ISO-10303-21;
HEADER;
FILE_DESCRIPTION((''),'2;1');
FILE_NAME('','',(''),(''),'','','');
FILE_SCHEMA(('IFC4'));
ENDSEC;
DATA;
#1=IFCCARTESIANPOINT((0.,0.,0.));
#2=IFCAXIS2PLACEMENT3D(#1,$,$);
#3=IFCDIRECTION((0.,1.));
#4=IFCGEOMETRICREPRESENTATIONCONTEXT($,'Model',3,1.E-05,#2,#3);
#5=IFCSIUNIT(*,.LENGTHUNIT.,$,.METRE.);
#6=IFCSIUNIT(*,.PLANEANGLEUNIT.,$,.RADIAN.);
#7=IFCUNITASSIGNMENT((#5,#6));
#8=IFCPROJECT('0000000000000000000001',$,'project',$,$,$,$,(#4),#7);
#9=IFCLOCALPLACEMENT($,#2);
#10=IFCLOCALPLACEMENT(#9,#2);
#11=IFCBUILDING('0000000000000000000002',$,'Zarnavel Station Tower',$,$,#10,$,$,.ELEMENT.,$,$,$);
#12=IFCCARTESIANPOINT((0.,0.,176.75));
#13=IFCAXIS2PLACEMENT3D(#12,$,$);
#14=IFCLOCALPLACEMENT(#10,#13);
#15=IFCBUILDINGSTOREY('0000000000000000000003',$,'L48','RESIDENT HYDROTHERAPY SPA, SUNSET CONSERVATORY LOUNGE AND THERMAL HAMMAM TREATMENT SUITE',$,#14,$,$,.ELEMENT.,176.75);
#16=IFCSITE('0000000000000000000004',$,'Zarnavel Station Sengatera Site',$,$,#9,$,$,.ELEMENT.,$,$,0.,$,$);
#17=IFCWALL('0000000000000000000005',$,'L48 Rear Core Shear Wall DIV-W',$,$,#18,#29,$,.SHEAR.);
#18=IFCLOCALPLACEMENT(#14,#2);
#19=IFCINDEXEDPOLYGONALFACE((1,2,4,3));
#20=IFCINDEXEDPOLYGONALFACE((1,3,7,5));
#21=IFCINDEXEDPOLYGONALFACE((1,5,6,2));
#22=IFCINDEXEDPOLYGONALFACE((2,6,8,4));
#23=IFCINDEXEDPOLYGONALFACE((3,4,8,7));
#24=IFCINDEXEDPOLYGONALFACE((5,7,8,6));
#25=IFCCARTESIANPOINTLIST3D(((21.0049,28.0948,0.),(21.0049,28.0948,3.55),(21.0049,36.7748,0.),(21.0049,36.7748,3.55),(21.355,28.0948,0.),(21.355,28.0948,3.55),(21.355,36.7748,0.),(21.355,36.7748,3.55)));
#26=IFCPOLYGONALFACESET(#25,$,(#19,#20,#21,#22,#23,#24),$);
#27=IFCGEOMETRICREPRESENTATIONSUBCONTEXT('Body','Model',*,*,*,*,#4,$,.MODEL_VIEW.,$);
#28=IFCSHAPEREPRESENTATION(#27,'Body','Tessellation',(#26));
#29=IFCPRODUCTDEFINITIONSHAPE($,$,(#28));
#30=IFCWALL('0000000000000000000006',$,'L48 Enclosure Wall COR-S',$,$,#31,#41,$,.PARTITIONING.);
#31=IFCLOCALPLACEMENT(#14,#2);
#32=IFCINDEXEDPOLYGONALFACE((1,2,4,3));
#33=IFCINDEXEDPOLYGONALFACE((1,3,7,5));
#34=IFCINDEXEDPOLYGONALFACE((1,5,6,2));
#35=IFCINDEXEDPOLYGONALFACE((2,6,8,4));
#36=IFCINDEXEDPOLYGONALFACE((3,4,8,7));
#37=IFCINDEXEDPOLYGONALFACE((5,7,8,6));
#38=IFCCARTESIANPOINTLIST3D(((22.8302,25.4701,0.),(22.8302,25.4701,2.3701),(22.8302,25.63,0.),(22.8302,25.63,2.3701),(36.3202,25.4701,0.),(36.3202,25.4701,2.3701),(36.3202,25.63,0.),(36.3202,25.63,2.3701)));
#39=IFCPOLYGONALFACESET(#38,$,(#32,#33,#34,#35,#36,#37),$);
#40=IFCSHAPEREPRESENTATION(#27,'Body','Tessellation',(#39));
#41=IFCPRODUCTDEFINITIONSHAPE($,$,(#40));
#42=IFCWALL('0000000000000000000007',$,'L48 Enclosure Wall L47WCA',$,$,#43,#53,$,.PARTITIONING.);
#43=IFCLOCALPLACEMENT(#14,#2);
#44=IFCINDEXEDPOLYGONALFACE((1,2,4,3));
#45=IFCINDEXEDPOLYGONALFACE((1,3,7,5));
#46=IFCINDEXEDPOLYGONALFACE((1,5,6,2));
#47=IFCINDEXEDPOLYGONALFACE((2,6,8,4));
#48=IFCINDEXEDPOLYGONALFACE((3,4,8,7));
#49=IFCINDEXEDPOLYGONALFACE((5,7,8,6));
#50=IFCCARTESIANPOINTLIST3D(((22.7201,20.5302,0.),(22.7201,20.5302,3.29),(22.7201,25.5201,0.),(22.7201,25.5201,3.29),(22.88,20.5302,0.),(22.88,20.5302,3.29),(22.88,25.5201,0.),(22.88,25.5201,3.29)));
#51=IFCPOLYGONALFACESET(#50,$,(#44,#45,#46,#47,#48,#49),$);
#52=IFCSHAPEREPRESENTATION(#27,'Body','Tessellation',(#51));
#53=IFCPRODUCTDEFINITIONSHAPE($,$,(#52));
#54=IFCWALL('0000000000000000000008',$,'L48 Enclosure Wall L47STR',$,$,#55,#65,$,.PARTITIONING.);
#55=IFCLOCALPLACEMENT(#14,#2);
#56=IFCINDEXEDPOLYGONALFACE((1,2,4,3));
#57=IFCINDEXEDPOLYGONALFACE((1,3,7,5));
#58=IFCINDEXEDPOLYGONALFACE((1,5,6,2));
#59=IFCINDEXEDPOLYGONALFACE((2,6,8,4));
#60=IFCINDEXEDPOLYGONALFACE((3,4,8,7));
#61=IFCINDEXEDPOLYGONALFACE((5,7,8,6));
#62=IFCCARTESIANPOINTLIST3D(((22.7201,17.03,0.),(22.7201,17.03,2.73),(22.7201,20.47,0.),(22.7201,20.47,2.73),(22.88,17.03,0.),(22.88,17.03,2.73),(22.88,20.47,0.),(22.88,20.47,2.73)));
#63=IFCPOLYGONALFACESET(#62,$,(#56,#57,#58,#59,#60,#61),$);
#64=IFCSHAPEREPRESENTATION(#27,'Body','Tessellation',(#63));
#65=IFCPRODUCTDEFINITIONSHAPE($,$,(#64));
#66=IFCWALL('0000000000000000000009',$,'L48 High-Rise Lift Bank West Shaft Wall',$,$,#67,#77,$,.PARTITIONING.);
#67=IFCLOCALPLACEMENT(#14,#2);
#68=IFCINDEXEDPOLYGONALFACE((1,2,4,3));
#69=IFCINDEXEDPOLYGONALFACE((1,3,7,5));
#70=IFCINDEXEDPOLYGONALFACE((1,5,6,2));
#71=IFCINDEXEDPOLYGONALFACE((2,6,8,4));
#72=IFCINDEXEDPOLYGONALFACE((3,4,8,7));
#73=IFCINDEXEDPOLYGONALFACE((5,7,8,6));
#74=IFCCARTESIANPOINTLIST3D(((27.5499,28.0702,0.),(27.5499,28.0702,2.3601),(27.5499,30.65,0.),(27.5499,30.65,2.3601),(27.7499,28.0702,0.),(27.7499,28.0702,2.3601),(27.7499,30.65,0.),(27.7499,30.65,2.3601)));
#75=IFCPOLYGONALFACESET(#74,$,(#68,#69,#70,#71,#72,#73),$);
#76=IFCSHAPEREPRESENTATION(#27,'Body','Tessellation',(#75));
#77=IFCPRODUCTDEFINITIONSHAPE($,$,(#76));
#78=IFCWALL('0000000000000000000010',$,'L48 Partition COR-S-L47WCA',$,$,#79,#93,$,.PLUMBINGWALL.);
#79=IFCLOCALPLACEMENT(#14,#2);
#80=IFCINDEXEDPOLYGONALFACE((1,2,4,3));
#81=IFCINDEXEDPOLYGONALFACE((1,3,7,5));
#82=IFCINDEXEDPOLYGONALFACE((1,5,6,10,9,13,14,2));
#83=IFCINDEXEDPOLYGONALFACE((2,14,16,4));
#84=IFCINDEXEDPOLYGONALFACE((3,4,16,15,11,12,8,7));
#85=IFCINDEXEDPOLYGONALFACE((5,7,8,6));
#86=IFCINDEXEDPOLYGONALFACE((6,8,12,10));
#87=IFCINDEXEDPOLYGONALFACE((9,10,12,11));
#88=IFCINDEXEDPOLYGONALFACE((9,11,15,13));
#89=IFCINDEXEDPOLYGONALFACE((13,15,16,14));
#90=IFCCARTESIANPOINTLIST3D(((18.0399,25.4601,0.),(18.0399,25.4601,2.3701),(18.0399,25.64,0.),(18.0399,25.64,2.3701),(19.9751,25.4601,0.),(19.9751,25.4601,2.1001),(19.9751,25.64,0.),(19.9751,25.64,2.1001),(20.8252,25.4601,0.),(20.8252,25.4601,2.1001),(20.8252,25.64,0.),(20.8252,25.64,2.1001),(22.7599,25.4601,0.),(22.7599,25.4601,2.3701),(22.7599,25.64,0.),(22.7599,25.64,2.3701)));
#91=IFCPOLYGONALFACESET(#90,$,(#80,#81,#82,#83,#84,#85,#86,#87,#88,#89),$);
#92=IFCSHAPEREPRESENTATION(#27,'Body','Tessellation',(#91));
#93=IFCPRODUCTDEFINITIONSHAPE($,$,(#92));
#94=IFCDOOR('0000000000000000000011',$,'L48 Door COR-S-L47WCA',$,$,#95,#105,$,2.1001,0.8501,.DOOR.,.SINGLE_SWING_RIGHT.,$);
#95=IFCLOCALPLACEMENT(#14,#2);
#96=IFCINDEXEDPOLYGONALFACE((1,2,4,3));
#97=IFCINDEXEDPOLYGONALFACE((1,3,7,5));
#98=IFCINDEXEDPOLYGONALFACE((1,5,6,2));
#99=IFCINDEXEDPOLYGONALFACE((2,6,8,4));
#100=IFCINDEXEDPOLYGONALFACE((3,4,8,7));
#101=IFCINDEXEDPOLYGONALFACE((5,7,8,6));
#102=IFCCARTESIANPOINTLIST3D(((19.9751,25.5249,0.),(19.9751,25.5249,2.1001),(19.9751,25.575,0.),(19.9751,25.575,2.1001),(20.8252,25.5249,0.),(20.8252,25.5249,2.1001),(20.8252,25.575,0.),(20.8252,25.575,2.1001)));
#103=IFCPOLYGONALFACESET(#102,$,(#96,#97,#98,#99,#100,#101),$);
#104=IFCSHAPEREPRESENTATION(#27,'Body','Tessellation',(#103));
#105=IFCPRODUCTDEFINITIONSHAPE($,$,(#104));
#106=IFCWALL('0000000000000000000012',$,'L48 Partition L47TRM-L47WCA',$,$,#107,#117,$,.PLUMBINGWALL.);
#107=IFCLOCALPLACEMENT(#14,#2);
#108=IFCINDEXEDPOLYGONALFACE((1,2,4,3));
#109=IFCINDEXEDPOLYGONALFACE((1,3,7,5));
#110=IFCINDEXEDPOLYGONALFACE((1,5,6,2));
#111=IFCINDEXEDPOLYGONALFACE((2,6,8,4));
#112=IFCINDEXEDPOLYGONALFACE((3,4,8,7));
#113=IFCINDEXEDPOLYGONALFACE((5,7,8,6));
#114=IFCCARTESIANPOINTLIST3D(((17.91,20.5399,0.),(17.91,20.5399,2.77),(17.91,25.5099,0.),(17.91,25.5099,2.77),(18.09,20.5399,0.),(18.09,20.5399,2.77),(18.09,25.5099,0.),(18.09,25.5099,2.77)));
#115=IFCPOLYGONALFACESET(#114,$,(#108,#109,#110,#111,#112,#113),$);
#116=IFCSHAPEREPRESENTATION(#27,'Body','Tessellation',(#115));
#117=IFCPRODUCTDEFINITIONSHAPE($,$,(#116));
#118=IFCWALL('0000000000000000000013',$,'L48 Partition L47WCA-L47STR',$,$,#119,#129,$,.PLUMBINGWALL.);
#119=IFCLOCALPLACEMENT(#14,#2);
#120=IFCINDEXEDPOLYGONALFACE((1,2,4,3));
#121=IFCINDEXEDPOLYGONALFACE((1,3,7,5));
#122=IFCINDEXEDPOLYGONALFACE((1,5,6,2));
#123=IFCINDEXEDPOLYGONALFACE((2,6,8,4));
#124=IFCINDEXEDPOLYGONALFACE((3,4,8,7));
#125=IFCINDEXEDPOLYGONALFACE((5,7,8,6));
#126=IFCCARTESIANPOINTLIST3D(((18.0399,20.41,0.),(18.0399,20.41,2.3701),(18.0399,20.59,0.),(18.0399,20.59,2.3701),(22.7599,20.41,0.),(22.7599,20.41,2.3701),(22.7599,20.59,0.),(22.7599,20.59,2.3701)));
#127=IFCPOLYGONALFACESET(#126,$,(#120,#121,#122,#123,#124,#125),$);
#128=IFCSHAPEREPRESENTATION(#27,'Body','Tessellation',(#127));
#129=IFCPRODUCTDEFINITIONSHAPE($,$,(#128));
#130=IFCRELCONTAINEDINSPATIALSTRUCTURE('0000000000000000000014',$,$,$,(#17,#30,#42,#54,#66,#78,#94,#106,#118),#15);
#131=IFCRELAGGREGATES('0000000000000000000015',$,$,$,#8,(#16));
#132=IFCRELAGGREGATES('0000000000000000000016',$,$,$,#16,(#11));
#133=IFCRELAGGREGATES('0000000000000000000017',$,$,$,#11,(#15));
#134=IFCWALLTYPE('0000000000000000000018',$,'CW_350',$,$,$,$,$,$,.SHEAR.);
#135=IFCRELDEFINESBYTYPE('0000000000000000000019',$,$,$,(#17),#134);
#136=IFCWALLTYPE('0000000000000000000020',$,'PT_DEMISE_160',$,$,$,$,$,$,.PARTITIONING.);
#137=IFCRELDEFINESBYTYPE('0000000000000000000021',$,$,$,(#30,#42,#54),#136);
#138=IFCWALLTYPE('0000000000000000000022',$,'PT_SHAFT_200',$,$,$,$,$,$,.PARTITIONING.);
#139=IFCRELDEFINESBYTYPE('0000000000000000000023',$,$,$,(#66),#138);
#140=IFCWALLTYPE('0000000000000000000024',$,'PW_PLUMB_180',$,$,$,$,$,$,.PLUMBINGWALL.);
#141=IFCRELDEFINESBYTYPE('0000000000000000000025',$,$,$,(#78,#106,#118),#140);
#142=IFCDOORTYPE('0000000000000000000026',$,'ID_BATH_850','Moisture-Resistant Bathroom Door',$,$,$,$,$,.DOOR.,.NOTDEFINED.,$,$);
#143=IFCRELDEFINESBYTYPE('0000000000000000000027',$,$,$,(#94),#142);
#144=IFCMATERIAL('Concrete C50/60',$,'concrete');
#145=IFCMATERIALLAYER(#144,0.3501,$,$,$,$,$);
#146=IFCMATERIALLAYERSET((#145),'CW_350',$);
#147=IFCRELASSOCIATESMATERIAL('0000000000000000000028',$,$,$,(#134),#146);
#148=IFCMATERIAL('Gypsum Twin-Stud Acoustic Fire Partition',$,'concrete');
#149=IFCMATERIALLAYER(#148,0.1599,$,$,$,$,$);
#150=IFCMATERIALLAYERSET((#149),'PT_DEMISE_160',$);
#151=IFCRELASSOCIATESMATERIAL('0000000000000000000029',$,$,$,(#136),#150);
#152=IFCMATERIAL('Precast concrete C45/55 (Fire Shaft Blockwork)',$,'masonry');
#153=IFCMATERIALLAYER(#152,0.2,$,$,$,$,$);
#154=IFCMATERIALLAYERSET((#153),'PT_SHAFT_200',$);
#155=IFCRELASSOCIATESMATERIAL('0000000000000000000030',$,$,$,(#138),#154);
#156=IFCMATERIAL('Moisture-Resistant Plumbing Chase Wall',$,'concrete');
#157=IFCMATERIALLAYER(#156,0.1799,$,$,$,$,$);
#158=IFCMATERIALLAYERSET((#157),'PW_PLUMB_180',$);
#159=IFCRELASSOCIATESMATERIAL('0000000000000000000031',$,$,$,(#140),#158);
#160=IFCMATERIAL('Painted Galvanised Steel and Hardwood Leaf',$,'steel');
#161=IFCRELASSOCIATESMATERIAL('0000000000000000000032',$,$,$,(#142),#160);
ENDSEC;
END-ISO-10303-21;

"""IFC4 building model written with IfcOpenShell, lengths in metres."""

from ifc_helpers import new_model, si_unit, direction, frame, frame_2d, origin, place, context, subcontext, project, spatial, rectangle, extrude, material, layer, layer_set, type_object, element, fill, save


model = new_model("IFC4")

# Units and contexts
model_context = context("Model", 3, precision=1e-05, world=origin(), true_north=direction((0.0, 1.0)))
body_context = subcontext(model_context, "Body", "Model", "MODEL_VIEW")
ifc_project = project(units=[si_unit("LENGTHUNIT", "METRE"), si_unit("PLANEANGLEUNIT", "RADIAN")], contexts=[model_context])

# Site, building, storey
site_placement = place(None, origin())
site = spatial("IfcSite", under=ifc_project, at=site_placement, Name="Zarnavel Station Sengatera Site", CompositionType="ELEMENT", RefElevation=0.0)
building_placement = place(site_placement, origin())
building = spatial("IfcBuilding", under=site, at=building_placement, Name="Zarnavel Station Tower", CompositionType="ELEMENT")
storey_placement = place(building_placement, frame((0.0, 0.0, 176.75)))
storey = spatial("IfcBuildingStorey", under=building, at=storey_placement, Name="L48", Description="RESIDENT HYDROTHERAPY SPA, SUNSET CONSERVATORY LOUNGE AND THERMAL HAMMAM TREATMENT SUITE", CompositionType="ELEMENT", Elevation=176.75)

# Wall
ifc_material_1 = material(Name="Concrete C50/60", Category="concrete")
ifc_layer_1 = layer(ifc_material_1, 0.3501)
ifc_layer_set_1 = layer_set([ifc_layer_1], Name="CW_350")
wall_type_1 = type_object("IfcWallType", Name="CW_350", PredefinedType="SHEAR", material=ifc_layer_set_1)
wall_1_placement = place(storey_placement, frame((21.1799, 28.095, 0.0), z_axis=(0.0, 0.0, 1.0), x_axis=(0.0, 1.0, 0.0)))
element("IfcWall", 1, at=wall_1_placement, inside=storey, type_object=wall_type_1, Name="L48 Rear Core Shear Wall DIV-W", PredefinedType="SHEAR", context=body_context, shape_type="SweptSolid", body=[
    extrude(rectangle(XDim=8.6799, YDim=0.3501, at=frame_2d((4.3398, 0.0))), origin(), (0.0, 0.0, 1.0), 3.55),
])

# Walls
ifc_material_2 = material(Name="Gypsum Twin-Stud Acoustic Fire Partition", Category="concrete")
ifc_layer_2 = layer(ifc_material_2, 0.1599)
ifc_layer_set_2 = layer_set([ifc_layer_2], Name="PT_DEMISE_160")
wall_type_2 = type_object("IfcWallType", Name="PT_DEMISE_160", PredefinedType="PARTITIONING", material=ifc_layer_set_2)
wall_2_placement = place(storey_placement, frame((22.8301, 25.55, 0.0), z_axis=(0.0, 0.0, 1.0), x_axis=(1.0, 0.0, 0.0)))
element("IfcWall", 2, at=wall_2_placement, inside=storey, type_object=wall_type_2, Name="L48 Enclosure Wall COR-S", PredefinedType="PARTITIONING", context=body_context, shape_type="SweptSolid", body=[
    extrude(rectangle(XDim=13.49, YDim=0.1599, at=frame_2d((6.7451, 0.0))), origin(), (0.0, 0.0, 1.0), 2.3701),
])
wall_3_placement = place(storey_placement, frame((22.8, 20.53, 0.0), z_axis=(0.0, 0.0, 1.0), x_axis=(0.0, 1.0, 0.0)))
element("IfcWall", 3, at=wall_3_placement, inside=storey, type_object=wall_type_2, Name="L48 Enclosure Wall L47WCA", PredefinedType="PARTITIONING", context=body_context, shape_type="SweptSolid", body=[
    extrude(rectangle(XDim=4.99, YDim=0.1599, at=frame_2d((2.4951, 0.0))), origin(), (0.0, 0.0, 1.0), 3.29),
])
wall_4_placement = place(storey_placement, frame((22.8, 17.03, 0.0), z_axis=(0.0, 0.0, 1.0), x_axis=(0.0, 1.0, 0.0)))
element("IfcWall", 4, at=wall_4_placement, inside=storey, type_object=wall_type_2, Name="L48 Enclosure Wall L47STR", PredefinedType="PARTITIONING", context=body_context, shape_type="SweptSolid", body=[
    extrude(rectangle(XDim=3.4399, YDim=0.1599, at=frame_2d((1.72, 0.0))), origin(), (0.0, 0.0, 1.0), 2.73),
])
ifc_material_3 = material(Name="Precast concrete C45/55 (Fire Shaft Blockwork)", Category="masonry")
ifc_layer_3 = layer(ifc_material_3, 0.2)
ifc_layer_set_3 = layer_set([ifc_layer_3], Name="PT_SHAFT_200")
wall_type_3 = type_object("IfcWallType", Name="PT_SHAFT_200", PredefinedType="PARTITIONING", material=ifc_layer_set_3)
wall_5_placement = place(storey_placement, frame((27.6499, 28.0701, 0.0), z_axis=(0.0, 0.0, 1.0), x_axis=(0.0, 1.0, 0.0)))
element("IfcWall", 5, at=wall_5_placement, inside=storey, type_object=wall_type_3, Name="L48 High-Rise Lift Bank West Shaft Wall", PredefinedType="PARTITIONING", context=body_context, shape_type="SweptSolid", body=[
    extrude(rectangle(XDim=2.5798, YDim=0.2, at=frame_2d((1.29, 0.0))), origin(), (0.0, 0.0, 1.0), 2.3601),
])

# Wall, opening, door
ifc_material_4 = material(Name="Moisture-Resistant Plumbing Chase Wall", Category="concrete")
ifc_layer_4 = layer(ifc_material_4, 0.1799)
ifc_layer_set_4 = layer_set([ifc_layer_4], Name="PW_PLUMB_180")
wall_type_4 = type_object("IfcWallType", Name="PW_PLUMB_180", PredefinedType="PLUMBINGWALL", material=ifc_layer_set_4)
wall_6_placement = place(storey_placement, frame((18.04, 25.55, 0.0), z_axis=(0.0, 0.0, 1.0), x_axis=(1.0, 0.0, 0.0)))
wall_6 = element("IfcWall", 6, at=wall_6_placement, inside=storey, type_object=wall_type_4, Name="L48 Partition COR-S-L47WCA", PredefinedType="PLUMBINGWALL", context=body_context, shape_type="SweptSolid", body=[
    extrude(rectangle(XDim=4.72, YDim=0.1799, at=frame_2d((2.3599, 0.0))), origin(), (0.0, 0.0, 1.0), 2.3701),
])
opening_1_placement = place(wall_6_placement, frame((1.9351, 0.0, 0.0)))
opening_1 = element("IfcOpeningElement", 7, at=opening_1_placement, cuts=wall_6, PredefinedType="OPENING", context=body_context, shape_type="SweptSolid", body=[
    extrude(rectangle(XDim=0.8501, YDim=2.1001, at=frame_2d((0.425, 1.05))), frame((0.0, 0.0999, 0.0), z_axis=(0.0, -1.0, 0.0), x_axis=(1.0, 0.0, 0.0)), (0.0, 0.0, 1.0), 0.2),
])
ifc_material_5 = material(Name="Painted Galvanised Steel and Hardwood Leaf", Category="steel")
door_type_1 = type_object("IfcDoorType", Name="ID_BATH_850", Description="Moisture-Resistant Bathroom Door", OperationType="NOTDEFINED", PredefinedType="DOOR", material=ifc_material_5)
door_1_placement = place(opening_1_placement, origin())
door_1 = element("IfcDoor", 8, at=door_1_placement, inside=storey, type_object=door_type_1, Name="L48 Door COR-S-L47WCA", OperationType="SINGLE_SWING_RIGHT", OverallHeight=2.1001, OverallWidth=0.8501, PredefinedType="DOOR", context=body_context, shape_type="SweptSolid", body=[
    extrude(rectangle(XDim=0.8501, YDim=2.1001, at=frame_2d((0.425, 1.05))), frame((0.0, 0.0249, 0.0), z_axis=(0.0, -1.0, 0.0), x_axis=(1.0, 0.0, 0.0)), (0.0, 0.0, 1.0), 0.05),
])
fill(opening_1, door_1)

# Walls
wall_7_placement = place(storey_placement, frame((18.0, 20.54, 0.0), z_axis=(0.0, 0.0, 1.0), x_axis=(0.0, 1.0, 0.0)))
element("IfcWall", 9, at=wall_7_placement, inside=storey, type_object=wall_type_4, Name="L48 Partition L47TRM-L47WCA", PredefinedType="PLUMBINGWALL", context=body_context, shape_type="SweptSolid", body=[
    extrude(rectangle(XDim=4.97, YDim=0.1799, at=frame_2d((2.4849, 0.0))), origin(), (0.0, 0.0, 1.0), 2.77),
])
wall_8_placement = place(storey_placement, frame((18.04, 20.5, 0.0), z_axis=(0.0, 0.0, 1.0), x_axis=(1.0, 0.0, 0.0)))
element("IfcWall", 10, at=wall_8_placement, inside=storey, type_object=wall_type_4, Name="L48 Partition L47WCA-L47STR", PredefinedType="PLUMBINGWALL", context=body_context, shape_type="SweptSolid", body=[
    extrude(rectangle(XDim=4.72, YDim=0.1799, at=frame_2d((2.3599, 0.0))), origin(), (0.0, 0.0, 1.0), 2.3701),
])

save(model, "model.ifc")
